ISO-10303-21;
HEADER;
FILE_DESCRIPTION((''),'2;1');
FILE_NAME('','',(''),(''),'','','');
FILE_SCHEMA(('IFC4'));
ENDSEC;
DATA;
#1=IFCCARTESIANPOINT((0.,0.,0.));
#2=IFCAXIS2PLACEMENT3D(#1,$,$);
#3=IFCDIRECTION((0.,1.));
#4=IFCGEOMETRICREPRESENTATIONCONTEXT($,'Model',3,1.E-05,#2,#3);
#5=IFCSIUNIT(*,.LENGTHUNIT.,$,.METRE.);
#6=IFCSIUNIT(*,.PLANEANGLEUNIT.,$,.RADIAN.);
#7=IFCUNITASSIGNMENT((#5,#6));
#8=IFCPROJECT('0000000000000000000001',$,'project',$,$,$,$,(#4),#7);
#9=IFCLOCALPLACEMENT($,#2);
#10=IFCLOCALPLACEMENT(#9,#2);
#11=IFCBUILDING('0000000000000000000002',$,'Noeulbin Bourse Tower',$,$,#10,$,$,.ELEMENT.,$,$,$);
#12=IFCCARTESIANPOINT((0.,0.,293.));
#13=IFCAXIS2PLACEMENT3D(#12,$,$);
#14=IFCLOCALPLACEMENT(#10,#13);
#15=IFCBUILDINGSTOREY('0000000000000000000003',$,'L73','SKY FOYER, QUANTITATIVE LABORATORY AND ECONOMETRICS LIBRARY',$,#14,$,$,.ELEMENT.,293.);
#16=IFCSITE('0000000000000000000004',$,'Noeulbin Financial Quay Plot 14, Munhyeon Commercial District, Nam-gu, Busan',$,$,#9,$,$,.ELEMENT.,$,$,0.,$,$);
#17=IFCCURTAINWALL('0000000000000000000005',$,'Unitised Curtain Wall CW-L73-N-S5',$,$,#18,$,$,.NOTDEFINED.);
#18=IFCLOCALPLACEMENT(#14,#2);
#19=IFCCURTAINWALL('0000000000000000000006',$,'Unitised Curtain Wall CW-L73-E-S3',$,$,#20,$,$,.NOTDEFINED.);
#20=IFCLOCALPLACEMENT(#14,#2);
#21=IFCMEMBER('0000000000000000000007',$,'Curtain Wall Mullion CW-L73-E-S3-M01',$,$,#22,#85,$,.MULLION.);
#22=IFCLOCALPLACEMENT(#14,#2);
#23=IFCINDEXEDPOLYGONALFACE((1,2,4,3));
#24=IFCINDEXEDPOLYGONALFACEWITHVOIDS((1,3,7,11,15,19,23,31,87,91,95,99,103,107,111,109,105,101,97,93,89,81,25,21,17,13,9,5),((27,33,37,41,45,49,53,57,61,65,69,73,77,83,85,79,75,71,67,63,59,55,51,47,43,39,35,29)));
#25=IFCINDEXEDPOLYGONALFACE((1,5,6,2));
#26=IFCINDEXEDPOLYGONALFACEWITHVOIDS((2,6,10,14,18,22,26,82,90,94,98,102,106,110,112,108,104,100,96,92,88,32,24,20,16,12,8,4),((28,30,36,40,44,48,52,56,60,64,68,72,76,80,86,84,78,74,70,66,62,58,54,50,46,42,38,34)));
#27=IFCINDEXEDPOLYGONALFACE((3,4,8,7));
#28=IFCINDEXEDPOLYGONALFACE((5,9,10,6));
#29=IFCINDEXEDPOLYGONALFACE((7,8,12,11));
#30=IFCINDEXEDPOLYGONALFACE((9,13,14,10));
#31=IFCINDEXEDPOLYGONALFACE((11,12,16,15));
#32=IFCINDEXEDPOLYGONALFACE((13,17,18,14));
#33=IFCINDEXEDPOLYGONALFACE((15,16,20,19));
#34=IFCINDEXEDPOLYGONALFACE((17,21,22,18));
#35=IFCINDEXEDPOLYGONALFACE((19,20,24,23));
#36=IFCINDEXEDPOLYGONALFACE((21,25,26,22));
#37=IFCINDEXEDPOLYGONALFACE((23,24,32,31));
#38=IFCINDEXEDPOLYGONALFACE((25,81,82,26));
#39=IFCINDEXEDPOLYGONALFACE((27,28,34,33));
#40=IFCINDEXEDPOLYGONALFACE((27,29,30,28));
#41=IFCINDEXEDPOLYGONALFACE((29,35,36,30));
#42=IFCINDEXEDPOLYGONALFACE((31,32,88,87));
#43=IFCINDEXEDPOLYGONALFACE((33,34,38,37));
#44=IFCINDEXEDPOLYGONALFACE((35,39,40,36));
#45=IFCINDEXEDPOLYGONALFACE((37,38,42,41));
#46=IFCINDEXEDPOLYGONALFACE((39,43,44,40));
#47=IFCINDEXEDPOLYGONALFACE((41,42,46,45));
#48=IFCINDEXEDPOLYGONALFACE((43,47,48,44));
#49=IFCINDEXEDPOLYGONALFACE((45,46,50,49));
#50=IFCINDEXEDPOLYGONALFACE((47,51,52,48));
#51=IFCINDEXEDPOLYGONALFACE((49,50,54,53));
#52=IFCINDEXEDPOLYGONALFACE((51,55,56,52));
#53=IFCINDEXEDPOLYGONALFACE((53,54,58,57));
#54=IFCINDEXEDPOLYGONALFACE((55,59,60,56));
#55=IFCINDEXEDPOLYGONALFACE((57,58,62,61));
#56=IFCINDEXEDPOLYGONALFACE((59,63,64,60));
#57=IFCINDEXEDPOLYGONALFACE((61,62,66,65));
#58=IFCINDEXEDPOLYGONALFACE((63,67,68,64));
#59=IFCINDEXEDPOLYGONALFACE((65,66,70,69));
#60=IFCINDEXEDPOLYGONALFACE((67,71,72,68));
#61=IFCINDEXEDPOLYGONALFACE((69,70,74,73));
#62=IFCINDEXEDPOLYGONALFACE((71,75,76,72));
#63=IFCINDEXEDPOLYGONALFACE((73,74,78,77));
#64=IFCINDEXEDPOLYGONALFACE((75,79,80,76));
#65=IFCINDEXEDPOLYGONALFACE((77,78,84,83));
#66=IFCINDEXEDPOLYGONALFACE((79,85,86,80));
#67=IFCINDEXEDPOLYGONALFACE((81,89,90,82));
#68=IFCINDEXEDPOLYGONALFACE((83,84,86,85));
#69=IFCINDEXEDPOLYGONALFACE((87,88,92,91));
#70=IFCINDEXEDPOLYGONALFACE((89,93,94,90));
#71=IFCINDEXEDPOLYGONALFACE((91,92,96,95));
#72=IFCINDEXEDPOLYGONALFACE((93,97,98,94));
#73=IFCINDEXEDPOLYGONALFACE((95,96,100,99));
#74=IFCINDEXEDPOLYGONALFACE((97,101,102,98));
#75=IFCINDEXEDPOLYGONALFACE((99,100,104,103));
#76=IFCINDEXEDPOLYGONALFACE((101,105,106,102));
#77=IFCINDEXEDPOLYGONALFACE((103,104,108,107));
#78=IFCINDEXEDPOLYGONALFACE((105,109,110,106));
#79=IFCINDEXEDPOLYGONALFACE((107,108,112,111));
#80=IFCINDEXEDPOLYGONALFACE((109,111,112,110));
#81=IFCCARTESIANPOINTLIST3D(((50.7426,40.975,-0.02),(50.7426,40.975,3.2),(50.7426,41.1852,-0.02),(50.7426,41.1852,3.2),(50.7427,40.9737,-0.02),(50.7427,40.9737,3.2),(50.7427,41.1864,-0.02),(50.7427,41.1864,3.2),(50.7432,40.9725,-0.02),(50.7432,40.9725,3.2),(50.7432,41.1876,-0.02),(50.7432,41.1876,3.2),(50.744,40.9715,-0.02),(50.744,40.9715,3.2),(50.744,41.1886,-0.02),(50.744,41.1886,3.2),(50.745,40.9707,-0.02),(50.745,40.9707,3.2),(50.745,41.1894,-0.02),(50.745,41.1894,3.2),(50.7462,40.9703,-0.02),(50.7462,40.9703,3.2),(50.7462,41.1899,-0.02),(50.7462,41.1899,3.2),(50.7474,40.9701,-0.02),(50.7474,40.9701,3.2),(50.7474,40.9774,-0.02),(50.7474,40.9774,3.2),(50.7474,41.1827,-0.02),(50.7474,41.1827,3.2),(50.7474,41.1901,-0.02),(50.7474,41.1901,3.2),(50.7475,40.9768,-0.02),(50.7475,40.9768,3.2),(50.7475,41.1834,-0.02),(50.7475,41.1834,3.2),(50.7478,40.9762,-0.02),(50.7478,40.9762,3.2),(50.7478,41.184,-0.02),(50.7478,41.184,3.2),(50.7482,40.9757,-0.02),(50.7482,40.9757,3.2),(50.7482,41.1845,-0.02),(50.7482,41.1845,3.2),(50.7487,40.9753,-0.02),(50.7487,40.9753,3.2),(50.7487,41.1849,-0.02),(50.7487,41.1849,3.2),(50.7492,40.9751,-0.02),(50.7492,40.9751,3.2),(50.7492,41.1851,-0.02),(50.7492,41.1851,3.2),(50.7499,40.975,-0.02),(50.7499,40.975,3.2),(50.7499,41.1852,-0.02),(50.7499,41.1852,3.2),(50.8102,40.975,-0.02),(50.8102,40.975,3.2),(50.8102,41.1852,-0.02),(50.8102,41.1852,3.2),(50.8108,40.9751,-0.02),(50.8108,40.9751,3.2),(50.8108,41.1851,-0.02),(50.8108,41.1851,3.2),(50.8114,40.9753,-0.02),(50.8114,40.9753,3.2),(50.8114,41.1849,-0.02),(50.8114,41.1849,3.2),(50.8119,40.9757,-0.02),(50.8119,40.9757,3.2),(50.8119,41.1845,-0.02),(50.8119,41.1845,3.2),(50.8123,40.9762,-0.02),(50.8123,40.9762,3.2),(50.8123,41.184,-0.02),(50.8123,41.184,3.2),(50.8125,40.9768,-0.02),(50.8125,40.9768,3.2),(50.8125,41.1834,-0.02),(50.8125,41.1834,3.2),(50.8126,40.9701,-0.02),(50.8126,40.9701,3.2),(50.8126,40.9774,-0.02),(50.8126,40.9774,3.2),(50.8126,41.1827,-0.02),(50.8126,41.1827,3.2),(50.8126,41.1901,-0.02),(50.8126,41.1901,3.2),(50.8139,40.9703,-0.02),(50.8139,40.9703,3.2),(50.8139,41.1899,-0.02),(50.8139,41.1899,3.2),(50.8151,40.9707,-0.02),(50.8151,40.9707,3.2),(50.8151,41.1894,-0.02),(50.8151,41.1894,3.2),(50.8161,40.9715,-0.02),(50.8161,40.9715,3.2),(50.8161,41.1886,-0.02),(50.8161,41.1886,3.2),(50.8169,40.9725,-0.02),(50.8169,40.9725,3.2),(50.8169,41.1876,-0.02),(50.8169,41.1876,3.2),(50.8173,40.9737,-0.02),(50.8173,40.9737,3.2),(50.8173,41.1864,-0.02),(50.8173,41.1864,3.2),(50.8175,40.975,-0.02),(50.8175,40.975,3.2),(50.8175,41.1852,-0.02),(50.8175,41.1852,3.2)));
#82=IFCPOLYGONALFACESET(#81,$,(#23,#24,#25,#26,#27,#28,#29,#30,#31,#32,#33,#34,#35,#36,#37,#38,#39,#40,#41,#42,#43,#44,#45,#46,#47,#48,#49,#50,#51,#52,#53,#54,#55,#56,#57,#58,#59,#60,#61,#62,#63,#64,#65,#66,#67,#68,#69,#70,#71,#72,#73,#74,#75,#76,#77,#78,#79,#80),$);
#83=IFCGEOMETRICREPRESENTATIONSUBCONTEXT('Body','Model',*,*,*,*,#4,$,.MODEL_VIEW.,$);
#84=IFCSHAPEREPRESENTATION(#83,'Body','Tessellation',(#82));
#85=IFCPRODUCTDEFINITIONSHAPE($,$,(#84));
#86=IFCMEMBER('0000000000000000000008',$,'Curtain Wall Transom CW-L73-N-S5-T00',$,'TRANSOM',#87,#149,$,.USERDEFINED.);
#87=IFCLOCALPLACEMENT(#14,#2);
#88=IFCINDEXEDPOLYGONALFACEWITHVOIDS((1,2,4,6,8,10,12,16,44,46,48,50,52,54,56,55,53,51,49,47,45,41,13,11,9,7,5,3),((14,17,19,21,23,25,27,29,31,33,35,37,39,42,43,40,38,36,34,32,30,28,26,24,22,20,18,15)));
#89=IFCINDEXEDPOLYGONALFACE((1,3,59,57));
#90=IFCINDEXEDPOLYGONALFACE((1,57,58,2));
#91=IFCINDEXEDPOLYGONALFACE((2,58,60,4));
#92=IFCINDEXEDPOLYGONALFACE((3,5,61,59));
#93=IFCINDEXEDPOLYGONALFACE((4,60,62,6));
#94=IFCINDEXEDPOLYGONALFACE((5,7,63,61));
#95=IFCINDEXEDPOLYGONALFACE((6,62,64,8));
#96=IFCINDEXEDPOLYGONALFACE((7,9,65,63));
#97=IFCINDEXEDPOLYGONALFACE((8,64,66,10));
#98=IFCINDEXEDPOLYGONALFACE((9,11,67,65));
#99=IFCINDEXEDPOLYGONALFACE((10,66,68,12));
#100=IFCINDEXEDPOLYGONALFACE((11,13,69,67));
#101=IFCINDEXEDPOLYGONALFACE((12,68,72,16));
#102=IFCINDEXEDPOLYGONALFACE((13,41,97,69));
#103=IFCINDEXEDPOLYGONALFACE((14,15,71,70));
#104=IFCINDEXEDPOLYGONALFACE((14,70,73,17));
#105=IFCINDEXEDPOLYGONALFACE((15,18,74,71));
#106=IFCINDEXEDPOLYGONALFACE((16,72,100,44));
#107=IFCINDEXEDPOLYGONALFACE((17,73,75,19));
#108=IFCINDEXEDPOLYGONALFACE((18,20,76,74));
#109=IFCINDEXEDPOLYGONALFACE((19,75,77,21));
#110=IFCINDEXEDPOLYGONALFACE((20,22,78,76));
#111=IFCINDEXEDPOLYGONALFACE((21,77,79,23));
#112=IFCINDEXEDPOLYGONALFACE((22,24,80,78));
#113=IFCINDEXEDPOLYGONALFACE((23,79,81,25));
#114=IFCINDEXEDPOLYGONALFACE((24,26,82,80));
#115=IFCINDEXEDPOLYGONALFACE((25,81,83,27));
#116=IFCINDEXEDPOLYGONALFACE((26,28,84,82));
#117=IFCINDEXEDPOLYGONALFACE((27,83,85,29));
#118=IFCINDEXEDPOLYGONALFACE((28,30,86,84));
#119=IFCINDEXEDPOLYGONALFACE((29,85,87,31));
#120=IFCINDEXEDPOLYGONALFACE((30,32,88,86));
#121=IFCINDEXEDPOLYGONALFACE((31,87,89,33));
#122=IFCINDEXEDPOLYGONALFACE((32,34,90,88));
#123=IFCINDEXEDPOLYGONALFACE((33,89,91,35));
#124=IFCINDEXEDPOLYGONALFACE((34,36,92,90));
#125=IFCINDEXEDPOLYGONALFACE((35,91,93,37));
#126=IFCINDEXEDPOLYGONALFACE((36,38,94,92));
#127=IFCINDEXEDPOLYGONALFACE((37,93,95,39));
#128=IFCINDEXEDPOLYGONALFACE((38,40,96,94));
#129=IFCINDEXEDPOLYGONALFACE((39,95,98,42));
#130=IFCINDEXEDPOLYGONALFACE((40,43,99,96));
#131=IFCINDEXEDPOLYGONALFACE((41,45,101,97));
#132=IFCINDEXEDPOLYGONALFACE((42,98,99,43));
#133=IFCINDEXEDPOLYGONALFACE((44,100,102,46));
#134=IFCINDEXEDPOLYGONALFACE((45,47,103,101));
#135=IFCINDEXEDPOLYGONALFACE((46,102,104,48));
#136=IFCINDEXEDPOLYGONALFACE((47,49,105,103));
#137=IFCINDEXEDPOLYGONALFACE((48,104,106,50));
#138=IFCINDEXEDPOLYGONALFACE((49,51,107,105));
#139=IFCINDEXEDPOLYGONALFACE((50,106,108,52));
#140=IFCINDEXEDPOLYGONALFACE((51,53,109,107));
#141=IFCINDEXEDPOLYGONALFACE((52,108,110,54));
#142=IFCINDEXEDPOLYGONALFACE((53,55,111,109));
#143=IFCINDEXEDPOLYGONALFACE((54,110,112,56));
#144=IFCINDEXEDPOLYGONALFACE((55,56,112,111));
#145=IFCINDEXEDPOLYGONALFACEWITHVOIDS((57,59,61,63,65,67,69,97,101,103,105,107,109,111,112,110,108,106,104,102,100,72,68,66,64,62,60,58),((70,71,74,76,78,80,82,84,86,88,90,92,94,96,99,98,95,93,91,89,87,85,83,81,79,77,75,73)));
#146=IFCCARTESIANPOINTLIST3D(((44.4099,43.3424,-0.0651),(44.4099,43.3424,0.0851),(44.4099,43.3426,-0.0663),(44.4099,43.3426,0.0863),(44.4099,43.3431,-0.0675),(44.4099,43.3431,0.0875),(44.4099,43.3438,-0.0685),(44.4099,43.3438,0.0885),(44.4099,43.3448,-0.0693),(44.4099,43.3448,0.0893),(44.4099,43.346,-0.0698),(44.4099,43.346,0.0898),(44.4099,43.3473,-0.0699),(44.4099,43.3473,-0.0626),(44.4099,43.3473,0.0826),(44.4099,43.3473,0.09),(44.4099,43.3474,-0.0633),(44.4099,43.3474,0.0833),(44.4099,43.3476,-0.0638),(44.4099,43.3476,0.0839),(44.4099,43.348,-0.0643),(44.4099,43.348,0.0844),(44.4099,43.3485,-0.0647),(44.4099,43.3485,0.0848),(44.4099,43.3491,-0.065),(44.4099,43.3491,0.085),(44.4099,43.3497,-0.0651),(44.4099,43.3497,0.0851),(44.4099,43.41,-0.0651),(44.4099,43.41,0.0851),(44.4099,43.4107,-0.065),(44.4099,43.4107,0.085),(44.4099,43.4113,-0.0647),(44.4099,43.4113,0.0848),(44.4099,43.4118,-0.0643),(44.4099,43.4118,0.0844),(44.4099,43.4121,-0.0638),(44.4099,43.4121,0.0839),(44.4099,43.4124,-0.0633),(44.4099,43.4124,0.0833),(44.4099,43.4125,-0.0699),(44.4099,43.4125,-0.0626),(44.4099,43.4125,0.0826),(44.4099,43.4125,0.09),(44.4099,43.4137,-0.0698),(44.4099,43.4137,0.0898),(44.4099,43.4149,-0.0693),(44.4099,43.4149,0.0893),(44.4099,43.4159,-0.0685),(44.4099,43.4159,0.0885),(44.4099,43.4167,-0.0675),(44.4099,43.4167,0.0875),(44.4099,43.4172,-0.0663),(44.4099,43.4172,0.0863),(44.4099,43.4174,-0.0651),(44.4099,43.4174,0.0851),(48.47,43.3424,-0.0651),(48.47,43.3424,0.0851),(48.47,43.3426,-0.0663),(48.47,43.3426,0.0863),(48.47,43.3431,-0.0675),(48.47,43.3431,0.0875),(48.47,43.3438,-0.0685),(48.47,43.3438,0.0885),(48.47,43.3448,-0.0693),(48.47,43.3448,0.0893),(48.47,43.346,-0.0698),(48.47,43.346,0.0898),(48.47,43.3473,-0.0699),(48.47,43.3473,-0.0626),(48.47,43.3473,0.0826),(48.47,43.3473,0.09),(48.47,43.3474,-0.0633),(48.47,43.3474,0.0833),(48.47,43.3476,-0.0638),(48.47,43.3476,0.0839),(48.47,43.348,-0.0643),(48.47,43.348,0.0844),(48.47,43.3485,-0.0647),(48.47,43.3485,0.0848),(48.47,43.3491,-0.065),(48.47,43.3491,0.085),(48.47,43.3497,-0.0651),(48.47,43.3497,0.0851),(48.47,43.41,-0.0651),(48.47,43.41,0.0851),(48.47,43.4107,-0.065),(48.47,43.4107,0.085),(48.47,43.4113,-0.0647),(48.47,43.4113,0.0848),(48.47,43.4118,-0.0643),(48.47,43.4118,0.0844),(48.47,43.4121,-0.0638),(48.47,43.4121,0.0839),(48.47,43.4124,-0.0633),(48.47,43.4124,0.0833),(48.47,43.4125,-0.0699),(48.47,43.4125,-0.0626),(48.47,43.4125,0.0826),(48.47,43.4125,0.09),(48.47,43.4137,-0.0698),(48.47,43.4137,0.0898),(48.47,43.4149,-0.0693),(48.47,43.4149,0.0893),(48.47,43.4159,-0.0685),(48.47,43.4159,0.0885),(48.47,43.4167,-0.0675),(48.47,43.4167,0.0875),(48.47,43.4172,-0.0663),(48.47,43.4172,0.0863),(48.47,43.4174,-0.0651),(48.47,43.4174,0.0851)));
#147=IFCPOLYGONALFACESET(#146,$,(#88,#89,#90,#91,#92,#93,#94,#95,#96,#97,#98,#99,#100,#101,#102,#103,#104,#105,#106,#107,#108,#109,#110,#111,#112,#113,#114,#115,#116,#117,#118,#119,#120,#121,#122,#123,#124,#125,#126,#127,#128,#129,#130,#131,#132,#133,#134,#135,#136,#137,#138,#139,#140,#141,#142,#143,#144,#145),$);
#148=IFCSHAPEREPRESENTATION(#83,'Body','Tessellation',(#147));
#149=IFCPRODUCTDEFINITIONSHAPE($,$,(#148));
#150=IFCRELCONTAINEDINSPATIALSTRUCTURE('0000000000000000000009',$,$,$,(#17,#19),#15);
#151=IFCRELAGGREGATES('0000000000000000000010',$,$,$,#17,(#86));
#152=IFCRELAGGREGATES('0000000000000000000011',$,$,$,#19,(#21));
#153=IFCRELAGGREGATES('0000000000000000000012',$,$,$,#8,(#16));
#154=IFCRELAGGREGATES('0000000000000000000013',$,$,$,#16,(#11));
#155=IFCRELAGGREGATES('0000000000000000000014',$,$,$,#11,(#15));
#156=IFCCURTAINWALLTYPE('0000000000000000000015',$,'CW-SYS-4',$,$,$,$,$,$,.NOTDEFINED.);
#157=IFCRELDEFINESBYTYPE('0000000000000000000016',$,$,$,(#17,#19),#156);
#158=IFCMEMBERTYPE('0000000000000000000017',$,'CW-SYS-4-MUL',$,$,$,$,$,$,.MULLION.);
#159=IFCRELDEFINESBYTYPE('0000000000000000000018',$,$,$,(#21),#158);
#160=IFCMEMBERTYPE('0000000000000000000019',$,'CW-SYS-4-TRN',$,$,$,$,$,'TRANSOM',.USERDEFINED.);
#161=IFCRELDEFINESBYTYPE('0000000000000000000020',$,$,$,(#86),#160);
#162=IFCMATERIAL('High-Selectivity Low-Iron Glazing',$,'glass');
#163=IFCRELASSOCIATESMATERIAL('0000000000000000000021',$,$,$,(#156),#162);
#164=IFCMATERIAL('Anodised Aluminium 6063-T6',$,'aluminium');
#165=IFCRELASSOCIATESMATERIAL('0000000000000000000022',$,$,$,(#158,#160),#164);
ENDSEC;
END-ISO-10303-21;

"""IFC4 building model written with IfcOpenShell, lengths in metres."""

from ifc_helpers import new_model, si_unit, direction, frame, origin, origin_2d, place, context, subcontext, project, spatial, hollow_rectangle, extrude, material, material_profile, profile_set, type_object, element, aggregate, save


model = new_model("IFC4")

# Units and contexts
model_context = context("Model", 3, precision=1e-05, world=origin(), true_north=direction((0.0, 1.0)))
body_context = subcontext(model_context, "Body", "Model", "MODEL_VIEW")
ifc_project = project(units=[si_unit("LENGTHUNIT", "METRE"), si_unit("PLANEANGLEUNIT", "RADIAN")], contexts=[model_context])

# Site, building, storey
site_placement = place(None, origin())
site = spatial("IfcSite", under=ifc_project, at=site_placement, Name="Noeulbin Financial Quay Plot 14, Munhyeon Commercial District, Nam-gu, Busan", CompositionType="ELEMENT", RefElevation=0.0)
building_placement = place(site_placement, origin())
building = spatial("IfcBuilding", under=site, at=building_placement, Name="Noeulbin Bourse Tower", CompositionType="ELEMENT")
storey_placement = place(building_placement, frame((0.0, 0.0, 293.0)))
storey = spatial("IfcBuildingStorey", under=building, at=storey_placement, Name="L73", Description="SKY FOYER, QUANTITATIVE LABORATORY AND ECONOMETRICS LIBRARY", CompositionType="ELEMENT", Elevation=293.0)

# Shared definitions
ifc_material_1 = material(Name="High-Selectivity Low-Iron Glazing", Category="glass")
curtain_wall_type = type_object("IfcCurtainWallType", Name="CW-SYS-4", PredefinedType="NOTDEFINED", material=ifc_material_1)
ifc_material_2 = material(Name="Anodised Aluminium 6063-T6", Category="aluminium")
ifc_material_profile_1 = material_profile(ifc_material_2, hollow_rectangle(XDim=0.075, YDim=0.22, WallThickness=0.0049, InnerFilletRadius=0.0024, OuterFilletRadius=0.0049, at=origin_2d()), Name="ALU-MULL-75x220x5", Category="LoadBearing")
ifc_profile_set_1 = profile_set([ifc_material_profile_1], Name="Anodised Aluminium 6063-T6")
member_type_1 = type_object("IfcMemberType", Name="CW-SYS-4-MUL", PredefinedType="MULLION", material=ifc_profile_set_1)

# Curtain walls, member
curtain_wall_1_placement = place(storey_placement, origin())
curtain_wall_1 = element("IfcCurtainWall", 1, at=curtain_wall_1_placement, inside=storey, type_object=curtain_wall_type, Name="Unitised Curtain Wall CW-L73-N-S5", PredefinedType="NOTDEFINED")
curtain_wall_2_placement = place(storey_placement, origin())
curtain_wall_2 = element("IfcCurtainWall", 2, at=curtain_wall_2_placement, inside=storey, type_object=curtain_wall_type, Name="Unitised Curtain Wall CW-L73-E-S3", PredefinedType="NOTDEFINED")
member_1_placement = place(storey_placement, frame((50.78, 41.0801, -0.02), z_axis=(0.0, 0.0, 1.0), x_axis=(1.0, 0.0, 0.0)))
member_1 = element("IfcMember", 3, at=member_1_placement, type_object=member_type_1, Name="Curtain Wall Mullion CW-L73-E-S3-M01", PredefinedType="MULLION", context=body_context, shape_type="SweptSolid", body=[
    extrude(hollow_rectangle(XDim=0.075, YDim=0.22, WallThickness=0.0049, InnerFilletRadius=0.0024, OuterFilletRadius=0.0049, at=origin_2d()), origin(), (0.0, 0.0, 1.0), 3.22),
])

# Member
ifc_material_profile_2 = material_profile(ifc_material_2, hollow_rectangle(XDim=0.075, YDim=0.1599, WallThickness=0.0049, InnerFilletRadius=0.0024, OuterFilletRadius=0.0049, at=origin_2d()), Name="ALU-TRAN-75x160x5", Category="LoadBearing")
ifc_profile_set_2 = profile_set([ifc_material_profile_2], Name="Anodised Aluminium 6063-T6")
member_type_2 = type_object("IfcMemberType", Name="CW-SYS-4-TRN", ElementType="TRANSOM", PredefinedType="USERDEFINED", material=ifc_profile_set_2)
member_2_placement = place(storey_placement, frame((44.4099, 43.3799, 0.01), z_axis=(1.0, 0.0, 0.0), x_axis=(0.0, 1.0, 0.0)))
member_2 = element("IfcMember", 4, at=member_2_placement, type_object=member_type_2, Name="Curtain Wall Transom CW-L73-N-S5-T00", ObjectType="TRANSOM", PredefinedType="USERDEFINED", context=body_context, shape_type="SweptSolid", body=[
    extrude(hollow_rectangle(XDim=0.075, YDim=0.1599, WallThickness=0.0049, InnerFilletRadius=0.0024, OuterFilletRadius=0.0049, at=origin_2d()), origin(), (0.0, 0.0, 1.0), 4.0601),
])

aggregate(curtain_wall_1, [member_2])
aggregate(curtain_wall_2, [member_1])

save(model, "model.ifc")
